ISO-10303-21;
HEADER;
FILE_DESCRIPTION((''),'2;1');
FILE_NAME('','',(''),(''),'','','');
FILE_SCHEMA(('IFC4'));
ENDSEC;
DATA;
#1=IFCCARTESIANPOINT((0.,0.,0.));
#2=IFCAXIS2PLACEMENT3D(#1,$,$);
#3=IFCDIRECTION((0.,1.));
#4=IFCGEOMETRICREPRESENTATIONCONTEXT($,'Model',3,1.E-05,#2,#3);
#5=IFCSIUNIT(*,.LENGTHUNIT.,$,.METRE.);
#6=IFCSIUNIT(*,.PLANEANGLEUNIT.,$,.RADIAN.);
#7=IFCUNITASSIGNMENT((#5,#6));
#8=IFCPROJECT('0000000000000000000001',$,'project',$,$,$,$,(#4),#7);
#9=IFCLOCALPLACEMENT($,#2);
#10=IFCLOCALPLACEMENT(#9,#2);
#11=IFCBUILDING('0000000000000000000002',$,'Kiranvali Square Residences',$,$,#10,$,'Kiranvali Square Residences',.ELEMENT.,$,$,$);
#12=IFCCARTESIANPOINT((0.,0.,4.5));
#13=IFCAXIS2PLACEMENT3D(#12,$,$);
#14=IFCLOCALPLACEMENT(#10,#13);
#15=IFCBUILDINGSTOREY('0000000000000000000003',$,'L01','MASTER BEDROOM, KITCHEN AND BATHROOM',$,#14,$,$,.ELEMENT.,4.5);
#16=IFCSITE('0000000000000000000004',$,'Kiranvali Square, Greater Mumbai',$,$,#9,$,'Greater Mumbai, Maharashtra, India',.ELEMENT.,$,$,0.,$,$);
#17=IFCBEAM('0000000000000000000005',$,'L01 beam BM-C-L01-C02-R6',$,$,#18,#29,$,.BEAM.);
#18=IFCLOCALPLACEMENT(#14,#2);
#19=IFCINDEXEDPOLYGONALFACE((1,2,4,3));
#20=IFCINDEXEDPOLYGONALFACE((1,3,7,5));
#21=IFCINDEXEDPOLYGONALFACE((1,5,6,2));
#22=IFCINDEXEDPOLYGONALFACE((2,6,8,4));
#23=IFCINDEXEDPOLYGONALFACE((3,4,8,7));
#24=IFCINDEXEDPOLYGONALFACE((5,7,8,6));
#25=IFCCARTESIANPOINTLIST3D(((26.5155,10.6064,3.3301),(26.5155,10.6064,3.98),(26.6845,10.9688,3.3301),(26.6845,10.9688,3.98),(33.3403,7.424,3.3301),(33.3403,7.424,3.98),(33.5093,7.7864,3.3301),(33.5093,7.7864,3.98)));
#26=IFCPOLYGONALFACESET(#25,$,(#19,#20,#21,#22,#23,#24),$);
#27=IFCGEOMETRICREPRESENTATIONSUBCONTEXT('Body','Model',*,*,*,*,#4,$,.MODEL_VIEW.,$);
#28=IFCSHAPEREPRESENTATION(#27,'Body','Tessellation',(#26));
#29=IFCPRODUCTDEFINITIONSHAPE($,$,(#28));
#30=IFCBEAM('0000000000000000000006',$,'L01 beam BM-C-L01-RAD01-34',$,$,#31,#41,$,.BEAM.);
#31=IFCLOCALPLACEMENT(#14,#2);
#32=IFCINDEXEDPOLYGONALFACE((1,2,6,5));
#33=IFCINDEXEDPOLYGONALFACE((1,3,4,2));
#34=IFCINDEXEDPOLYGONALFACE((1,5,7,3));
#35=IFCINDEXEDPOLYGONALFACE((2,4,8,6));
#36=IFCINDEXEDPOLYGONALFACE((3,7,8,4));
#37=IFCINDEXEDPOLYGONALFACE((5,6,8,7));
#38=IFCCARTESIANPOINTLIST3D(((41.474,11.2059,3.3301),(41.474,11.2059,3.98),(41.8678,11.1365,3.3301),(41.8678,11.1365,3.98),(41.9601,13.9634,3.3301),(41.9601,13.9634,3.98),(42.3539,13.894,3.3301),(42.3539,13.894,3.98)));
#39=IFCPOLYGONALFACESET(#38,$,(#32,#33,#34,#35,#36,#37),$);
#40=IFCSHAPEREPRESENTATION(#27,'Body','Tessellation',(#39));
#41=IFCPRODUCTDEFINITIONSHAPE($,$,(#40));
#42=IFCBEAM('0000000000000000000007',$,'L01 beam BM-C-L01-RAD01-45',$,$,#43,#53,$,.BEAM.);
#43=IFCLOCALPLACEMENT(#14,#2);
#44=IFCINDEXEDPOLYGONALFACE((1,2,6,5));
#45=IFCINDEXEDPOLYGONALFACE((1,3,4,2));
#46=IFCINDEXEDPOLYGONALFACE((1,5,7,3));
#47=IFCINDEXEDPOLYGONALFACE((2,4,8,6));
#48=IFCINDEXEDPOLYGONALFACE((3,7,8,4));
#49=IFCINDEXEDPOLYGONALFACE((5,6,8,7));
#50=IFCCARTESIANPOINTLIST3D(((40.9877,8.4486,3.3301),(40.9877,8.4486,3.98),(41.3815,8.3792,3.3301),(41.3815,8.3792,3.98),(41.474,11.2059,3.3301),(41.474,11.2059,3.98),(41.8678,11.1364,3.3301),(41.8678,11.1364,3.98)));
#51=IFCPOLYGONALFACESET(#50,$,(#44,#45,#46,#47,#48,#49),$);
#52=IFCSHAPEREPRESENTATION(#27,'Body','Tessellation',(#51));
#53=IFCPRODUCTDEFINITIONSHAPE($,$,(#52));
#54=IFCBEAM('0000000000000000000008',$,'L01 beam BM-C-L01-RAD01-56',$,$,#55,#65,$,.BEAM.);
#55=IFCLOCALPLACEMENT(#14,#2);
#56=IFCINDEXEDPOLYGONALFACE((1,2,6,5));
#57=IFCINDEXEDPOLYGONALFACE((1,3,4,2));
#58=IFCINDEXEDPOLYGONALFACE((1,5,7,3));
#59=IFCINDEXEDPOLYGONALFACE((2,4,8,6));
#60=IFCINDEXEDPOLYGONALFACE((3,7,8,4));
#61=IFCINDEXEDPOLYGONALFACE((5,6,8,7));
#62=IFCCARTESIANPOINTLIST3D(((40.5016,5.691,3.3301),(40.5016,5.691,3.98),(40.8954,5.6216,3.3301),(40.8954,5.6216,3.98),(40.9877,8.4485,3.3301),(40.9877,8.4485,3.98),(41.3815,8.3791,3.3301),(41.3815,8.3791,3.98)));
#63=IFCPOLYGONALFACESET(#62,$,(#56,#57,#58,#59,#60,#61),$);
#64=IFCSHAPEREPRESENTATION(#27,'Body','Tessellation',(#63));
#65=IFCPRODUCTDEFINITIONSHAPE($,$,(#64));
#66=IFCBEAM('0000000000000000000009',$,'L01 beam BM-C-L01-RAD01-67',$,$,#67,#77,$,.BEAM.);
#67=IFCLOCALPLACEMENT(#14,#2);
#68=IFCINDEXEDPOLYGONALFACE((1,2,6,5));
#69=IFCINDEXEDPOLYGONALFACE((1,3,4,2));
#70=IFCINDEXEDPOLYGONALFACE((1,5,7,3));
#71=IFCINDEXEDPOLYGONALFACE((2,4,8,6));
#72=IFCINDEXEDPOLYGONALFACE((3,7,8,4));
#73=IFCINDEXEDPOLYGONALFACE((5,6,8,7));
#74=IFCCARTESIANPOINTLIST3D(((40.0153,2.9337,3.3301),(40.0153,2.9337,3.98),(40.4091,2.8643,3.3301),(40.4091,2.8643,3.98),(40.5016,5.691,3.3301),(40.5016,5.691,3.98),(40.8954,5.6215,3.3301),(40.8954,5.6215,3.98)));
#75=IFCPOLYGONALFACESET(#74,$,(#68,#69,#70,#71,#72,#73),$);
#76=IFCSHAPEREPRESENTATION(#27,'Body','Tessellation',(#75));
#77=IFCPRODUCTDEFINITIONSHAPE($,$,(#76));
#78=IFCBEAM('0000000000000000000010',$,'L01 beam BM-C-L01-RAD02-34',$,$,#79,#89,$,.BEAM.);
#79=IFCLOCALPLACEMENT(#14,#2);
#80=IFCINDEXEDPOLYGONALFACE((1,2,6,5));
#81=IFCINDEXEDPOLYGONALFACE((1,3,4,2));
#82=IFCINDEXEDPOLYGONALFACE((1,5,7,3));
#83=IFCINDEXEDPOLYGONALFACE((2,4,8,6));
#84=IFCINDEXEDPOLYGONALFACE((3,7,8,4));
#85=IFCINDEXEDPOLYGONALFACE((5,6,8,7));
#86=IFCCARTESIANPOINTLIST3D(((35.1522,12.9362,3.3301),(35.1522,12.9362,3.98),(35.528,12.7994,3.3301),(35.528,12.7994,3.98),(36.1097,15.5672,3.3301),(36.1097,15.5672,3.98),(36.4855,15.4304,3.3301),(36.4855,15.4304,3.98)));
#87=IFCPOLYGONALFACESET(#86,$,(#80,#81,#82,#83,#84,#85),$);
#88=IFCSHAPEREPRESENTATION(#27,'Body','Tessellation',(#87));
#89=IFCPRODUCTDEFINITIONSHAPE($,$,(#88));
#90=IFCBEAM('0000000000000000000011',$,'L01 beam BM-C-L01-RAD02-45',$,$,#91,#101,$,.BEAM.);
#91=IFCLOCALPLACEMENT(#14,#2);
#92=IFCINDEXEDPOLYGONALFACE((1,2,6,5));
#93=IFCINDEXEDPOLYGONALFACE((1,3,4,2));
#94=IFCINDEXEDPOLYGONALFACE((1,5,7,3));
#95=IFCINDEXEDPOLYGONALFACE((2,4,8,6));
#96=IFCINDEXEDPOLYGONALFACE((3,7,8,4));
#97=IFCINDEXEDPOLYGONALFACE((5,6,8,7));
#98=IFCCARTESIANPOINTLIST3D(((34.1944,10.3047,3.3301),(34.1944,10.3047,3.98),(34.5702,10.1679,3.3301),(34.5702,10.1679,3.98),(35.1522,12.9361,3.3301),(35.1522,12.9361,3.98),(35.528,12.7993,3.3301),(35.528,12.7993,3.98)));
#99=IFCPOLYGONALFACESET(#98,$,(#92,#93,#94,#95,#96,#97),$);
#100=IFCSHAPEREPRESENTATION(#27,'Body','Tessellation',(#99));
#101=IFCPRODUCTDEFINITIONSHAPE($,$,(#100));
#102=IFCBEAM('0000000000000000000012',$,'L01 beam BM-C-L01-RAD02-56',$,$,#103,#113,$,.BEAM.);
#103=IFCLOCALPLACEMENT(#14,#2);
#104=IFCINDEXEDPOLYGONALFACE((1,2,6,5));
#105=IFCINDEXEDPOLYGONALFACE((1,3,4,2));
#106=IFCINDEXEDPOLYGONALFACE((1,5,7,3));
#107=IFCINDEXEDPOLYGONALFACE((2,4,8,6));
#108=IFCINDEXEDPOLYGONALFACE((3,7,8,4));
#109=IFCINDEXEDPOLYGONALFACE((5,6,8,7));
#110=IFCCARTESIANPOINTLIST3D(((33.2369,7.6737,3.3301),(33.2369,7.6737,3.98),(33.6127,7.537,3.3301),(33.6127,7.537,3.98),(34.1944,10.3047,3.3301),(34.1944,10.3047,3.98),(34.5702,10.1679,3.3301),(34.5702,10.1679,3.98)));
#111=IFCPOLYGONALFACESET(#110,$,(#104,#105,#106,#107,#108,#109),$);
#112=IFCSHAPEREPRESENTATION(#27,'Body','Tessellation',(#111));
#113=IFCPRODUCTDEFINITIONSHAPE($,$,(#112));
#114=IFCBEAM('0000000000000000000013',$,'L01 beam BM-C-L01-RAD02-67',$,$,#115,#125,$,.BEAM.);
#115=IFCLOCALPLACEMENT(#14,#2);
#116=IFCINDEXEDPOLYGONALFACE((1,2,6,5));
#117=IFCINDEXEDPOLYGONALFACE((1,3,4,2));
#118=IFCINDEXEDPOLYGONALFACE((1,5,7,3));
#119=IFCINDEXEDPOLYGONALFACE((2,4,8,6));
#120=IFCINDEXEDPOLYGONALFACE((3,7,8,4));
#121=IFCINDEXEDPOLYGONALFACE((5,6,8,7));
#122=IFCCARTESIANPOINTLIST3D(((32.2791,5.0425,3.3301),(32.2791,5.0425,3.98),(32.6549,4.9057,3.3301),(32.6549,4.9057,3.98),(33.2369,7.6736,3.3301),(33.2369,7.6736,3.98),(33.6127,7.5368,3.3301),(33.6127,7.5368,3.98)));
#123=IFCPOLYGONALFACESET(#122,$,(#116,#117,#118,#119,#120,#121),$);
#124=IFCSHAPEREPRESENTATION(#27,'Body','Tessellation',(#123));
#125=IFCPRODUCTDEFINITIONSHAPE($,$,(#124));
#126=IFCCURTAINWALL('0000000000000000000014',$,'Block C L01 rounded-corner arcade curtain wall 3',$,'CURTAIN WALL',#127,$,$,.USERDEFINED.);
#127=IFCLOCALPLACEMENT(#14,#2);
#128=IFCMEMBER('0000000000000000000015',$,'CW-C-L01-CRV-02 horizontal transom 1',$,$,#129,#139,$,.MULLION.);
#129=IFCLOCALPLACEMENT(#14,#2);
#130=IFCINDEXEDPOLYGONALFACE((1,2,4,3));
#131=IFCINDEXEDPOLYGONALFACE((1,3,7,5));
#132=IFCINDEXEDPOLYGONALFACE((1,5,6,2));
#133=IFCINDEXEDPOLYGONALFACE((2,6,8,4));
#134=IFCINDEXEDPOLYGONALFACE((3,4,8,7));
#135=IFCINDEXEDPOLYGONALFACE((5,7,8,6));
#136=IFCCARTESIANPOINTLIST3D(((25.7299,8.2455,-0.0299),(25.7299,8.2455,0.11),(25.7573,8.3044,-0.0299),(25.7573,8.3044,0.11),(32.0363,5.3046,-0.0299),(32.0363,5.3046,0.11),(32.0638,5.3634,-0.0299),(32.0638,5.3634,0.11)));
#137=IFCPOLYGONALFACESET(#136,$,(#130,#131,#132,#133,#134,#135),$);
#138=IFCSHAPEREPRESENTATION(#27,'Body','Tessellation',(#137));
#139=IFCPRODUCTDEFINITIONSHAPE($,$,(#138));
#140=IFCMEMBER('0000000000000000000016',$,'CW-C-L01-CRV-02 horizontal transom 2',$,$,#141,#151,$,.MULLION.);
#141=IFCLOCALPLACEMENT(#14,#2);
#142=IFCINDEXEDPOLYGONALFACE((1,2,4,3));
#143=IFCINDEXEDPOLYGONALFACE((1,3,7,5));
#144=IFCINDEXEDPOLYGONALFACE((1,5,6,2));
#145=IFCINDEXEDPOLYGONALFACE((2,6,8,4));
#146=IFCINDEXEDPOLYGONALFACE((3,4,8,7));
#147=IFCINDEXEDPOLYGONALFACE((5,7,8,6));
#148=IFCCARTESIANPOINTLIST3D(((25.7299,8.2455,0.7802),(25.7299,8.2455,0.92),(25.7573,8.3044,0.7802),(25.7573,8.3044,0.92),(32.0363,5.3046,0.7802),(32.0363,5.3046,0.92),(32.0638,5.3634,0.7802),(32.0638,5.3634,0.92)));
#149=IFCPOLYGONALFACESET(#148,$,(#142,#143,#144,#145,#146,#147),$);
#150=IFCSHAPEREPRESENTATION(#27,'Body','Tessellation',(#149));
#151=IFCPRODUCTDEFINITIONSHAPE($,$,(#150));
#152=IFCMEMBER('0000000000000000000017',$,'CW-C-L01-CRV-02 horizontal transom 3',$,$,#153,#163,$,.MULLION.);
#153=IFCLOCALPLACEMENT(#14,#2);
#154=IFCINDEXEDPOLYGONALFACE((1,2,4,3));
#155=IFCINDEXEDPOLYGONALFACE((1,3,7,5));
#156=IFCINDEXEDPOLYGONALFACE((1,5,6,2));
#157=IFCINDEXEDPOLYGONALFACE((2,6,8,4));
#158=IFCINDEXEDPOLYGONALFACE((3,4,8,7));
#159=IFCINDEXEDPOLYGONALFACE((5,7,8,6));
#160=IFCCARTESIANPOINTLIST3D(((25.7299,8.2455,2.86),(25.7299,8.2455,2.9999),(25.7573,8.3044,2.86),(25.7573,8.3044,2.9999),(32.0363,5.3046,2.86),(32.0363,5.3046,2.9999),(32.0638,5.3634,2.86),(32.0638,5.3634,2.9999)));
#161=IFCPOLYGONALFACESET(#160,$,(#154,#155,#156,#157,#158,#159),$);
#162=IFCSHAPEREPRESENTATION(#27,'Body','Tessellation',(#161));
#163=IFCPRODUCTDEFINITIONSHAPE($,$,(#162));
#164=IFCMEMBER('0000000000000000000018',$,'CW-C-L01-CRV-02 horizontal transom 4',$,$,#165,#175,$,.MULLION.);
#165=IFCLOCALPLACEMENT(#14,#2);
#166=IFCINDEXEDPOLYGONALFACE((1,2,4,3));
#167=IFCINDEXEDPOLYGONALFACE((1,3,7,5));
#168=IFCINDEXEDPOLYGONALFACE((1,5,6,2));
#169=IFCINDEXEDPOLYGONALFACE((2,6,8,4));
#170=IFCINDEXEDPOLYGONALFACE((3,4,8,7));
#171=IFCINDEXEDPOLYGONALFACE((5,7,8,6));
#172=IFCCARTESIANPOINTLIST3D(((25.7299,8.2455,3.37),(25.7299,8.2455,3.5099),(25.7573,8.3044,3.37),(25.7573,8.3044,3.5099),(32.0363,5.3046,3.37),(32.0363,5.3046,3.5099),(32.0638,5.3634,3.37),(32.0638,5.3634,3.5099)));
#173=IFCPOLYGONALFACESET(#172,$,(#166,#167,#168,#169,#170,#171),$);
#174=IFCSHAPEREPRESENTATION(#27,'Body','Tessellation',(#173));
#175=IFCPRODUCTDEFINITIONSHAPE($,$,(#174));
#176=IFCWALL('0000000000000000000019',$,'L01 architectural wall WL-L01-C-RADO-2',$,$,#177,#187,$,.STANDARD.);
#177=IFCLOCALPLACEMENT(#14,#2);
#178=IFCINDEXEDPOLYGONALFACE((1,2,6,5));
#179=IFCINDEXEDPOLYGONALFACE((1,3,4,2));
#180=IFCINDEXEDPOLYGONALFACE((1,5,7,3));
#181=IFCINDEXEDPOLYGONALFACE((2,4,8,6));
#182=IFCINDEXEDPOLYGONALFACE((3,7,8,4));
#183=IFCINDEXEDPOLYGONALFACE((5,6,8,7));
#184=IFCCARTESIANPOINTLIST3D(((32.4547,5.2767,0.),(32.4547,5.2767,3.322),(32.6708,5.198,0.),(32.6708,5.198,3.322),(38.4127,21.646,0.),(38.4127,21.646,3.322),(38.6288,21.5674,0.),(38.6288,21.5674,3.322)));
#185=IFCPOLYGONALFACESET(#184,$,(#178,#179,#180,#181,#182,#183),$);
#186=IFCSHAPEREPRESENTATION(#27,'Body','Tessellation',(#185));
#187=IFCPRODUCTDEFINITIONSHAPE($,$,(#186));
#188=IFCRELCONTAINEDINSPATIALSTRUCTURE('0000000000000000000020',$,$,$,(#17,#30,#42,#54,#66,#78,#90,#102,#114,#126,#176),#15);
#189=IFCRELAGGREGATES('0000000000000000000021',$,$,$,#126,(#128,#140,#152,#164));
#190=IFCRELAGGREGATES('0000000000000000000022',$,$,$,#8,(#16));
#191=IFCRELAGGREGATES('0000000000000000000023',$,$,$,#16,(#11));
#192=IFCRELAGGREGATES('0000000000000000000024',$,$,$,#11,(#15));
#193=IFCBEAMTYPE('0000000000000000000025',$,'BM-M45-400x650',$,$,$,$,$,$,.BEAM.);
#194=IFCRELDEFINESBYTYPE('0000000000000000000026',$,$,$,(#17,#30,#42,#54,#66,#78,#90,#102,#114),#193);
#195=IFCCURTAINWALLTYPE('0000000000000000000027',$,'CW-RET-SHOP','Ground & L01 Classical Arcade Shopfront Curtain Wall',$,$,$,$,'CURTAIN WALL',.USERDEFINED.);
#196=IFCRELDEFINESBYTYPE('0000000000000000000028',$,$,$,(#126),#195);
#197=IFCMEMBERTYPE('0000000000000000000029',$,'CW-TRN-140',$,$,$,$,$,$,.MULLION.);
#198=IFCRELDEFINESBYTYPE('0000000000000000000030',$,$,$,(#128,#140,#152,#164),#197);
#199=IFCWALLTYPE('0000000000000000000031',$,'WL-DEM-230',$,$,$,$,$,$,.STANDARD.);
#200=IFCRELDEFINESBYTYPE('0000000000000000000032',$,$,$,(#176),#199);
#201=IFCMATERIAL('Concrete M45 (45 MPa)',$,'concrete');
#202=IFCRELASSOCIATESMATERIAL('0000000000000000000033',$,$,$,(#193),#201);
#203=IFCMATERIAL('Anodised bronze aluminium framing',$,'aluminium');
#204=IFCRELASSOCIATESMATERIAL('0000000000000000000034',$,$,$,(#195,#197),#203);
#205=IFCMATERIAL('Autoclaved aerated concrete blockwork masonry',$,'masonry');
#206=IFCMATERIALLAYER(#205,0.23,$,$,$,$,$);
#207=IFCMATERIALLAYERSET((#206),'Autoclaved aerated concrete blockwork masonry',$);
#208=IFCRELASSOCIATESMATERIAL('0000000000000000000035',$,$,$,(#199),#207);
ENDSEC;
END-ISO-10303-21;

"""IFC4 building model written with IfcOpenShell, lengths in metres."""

from ifc_helpers import new_model, si_unit, direction, frame, frame_2d, origin, origin_2d, place, context, subcontext, project, spatial, rectangle, extrude, material, layer, layer_set, material_profile, profile_set, type_object, element, aggregate, save


model = new_model("IFC4")

# Units and contexts
model_context = context("Model", 3, precision=1e-05, world=origin(), true_north=direction((0.0, 1.0)))
body_context = subcontext(model_context, "Body", "Model", "MODEL_VIEW")
ifc_project = project(units=[si_unit("LENGTHUNIT", "METRE"), si_unit("PLANEANGLEUNIT", "RADIAN")], contexts=[model_context])

# Site, building, storey
site_placement = place(None, origin())
site = spatial("IfcSite", under=ifc_project, at=site_placement, Name="Kiranvali Square, Greater Mumbai", LongName="Greater Mumbai, Maharashtra, India", CompositionType="ELEMENT", RefElevation=0.0)
building_placement = place(site_placement, origin())
building = spatial("IfcBuilding", under=site, at=building_placement, Name="Kiranvali Square Residences", LongName="Kiranvali Square Residences", CompositionType="ELEMENT")
storey_placement = place(building_placement, frame((0.0, 0.0, 4.5)))
storey = spatial("IfcBuildingStorey", under=building, at=storey_placement, Name="L01", Description="MASTER BEDROOM, KITCHEN AND BATHROOM", CompositionType="ELEMENT", Elevation=4.5)

# Shared definitions
ifc_material_1 = material(Name="Concrete M45 (45 MPa)", Category="concrete")

# Beams
ifc_material_profile_1 = material_profile(ifc_material_1, rectangle(XDim=0.3999, YDim=0.6499, at=origin_2d()), Name="RC 400x650")
ifc_profile_set_1 = profile_set([ifc_material_profile_1], Name="Concrete M45 (45 MPa)")
beam_type = type_object("IfcBeamType", Name="BM-M45-400x650", PredefinedType="BEAM", material=ifc_profile_set_1)
beam_1_placement = place(storey_placement, frame((33.4248, 7.6052, 3.655), z_axis=(-0.90631, 0.422614, 0.0), x_axis=(-0.422614, -0.90631, 0.0)))
element("IfcBeam", 1, at=beam_1_placement, inside=storey, type_object=beam_type, Name="L01 beam BM-C-L01-C02-R6", PredefinedType="BEAM", context=body_context, shape_type="SweptSolid", body=[
    extrude(rectangle(XDim=0.3999, YDim=0.6499, at=origin_2d()), origin(), (0.0, 0.0, 1.0), 7.5303),
])
beam_2_placement = place(storey_placement, frame((42.157, 13.9287, 3.655), z_axis=(-0.173596, -0.984817, 0.0), x_axis=(0.984817, -0.173596, 0.0)))
element("IfcBeam", 2, at=beam_2_placement, inside=storey, type_object=beam_type, Name="L01 beam BM-C-L01-RAD01-34", PredefinedType="BEAM", context=body_context, shape_type="SweptSolid", body=[
    extrude(rectangle(XDim=0.3999, YDim=0.6499, at=origin_2d()), origin(), (0.0, 0.0, 1.0), 2.8),
])
beam_3_placement = place(storey_placement, frame((41.6709, 11.1711, 3.655), z_axis=(-0.173696, -0.984799, 0.0), x_axis=(0.984799, -0.173696, 0.0)))
element("IfcBeam", 3, at=beam_3_placement, inside=storey, type_object=beam_type, Name="L01 beam BM-C-L01-RAD01-45", PredefinedType="BEAM", context=body_context, shape_type="SweptSolid", body=[
    extrude(rectangle(XDim=0.3999, YDim=0.6499, at=origin_2d()), origin(), (0.0, 0.0, 1.0), 2.7998),
])
beam_4_placement = place(storey_placement, frame((41.1846, 8.4138, 3.655), z_axis=(-0.173596, -0.984817, 0.0), x_axis=(0.984817, -0.173596, 0.0)))
element("IfcBeam", 4, at=beam_4_placement, inside=storey, type_object=beam_type, Name="L01 beam BM-C-L01-RAD01-56", PredefinedType="BEAM", context=body_context, shape_type="SweptSolid", body=[
    extrude(rectangle(XDim=0.3999, YDim=0.6499, at=origin_2d()), origin(), (0.0, 0.0, 1.0), 2.8),
])
for number, where, z_axis, x_axis, name in (
    (5, (40.6985, 5.6562, 3.655), (-0.173696, -0.984799, 0.0), (0.984799, -0.173696, 0.0), "L01 beam BM-C-L01-RAD01-67"),
    (6, (36.2976, 15.4988, 3.655), (-0.341981, -0.939707, 0.0), (0.939707, -0.341981, 0.0), "L01 beam BM-C-L01-RAD02-34"),
):
    element("IfcBeam", number, at=place(storey_placement, frame(where, z_axis=z_axis, x_axis=x_axis)), inside=storey, type_object=beam_type, Name=name, PredefinedType="BEAM", context=body_context, shape_type="SweptSolid", body=[
        extrude(rectangle(XDim=0.3999, YDim=0.6499, at=origin_2d()), origin(), (0.0, 0.0, 1.0), 2.7998),
    ])
beam_5_placement = place(storey_placement, frame((35.3401, 12.8677, 3.655), z_axis=(-0.34203, -0.939689, 0.0), x_axis=(0.939689, -0.34203, 0.0)))
element("IfcBeam", 7, at=beam_5_placement, inside=storey, type_object=beam_type, Name="L01 beam BM-C-L01-RAD02-45", PredefinedType="BEAM", context=body_context, shape_type="SweptSolid", body=[
    extrude(rectangle(XDim=0.3999, YDim=0.6499, at=origin_2d()), origin(), (0.0, 0.0, 1.0), 2.8003),
])
beam_6_placement = place(storey_placement, frame((34.3823, 10.2363, 3.655), z_axis=(-0.341981, -0.939707, 0.0), x_axis=(0.939707, -0.341981, 0.0)))
element("IfcBeam", 8, at=beam_6_placement, inside=storey, type_object=beam_type, Name="L01 beam BM-C-L01-RAD02-56", PredefinedType="BEAM", context=body_context, shape_type="SweptSolid", body=[
    extrude(rectangle(XDim=0.3999, YDim=0.6499, at=origin_2d()), origin(), (0.0, 0.0, 1.0), 2.7998),
])
beam_7_placement = place(storey_placement, frame((33.4248, 7.6052, 3.655), z_axis=(-0.342058, -0.939679, 0.0), x_axis=(0.939679, -0.342058, 0.0)))
element("IfcBeam", 9, at=beam_7_placement, inside=storey, type_object=beam_type, Name="L01 beam BM-C-L01-RAD02-67", PredefinedType="BEAM", context=body_context, shape_type="SweptSolid", body=[
    extrude(rectangle(XDim=0.3999, YDim=0.6499, at=origin_2d()), origin(), (0.0, 0.0, 1.0), 2.8),
])

# Curtain wall, members
ifc_material_2 = material(Name="Anodised bronze aluminium framing", Category="aluminium")
curtain_wall_type = type_object("IfcCurtainWallType", Name="CW-RET-SHOP", Description="Ground & L01 Classical Arcade Shopfront Curtain Wall", ElementType="CURTAIN WALL", PredefinedType="USERDEFINED", material=ifc_material_2)
curtain_wall_placement = place(storey_placement, origin())
curtain_wall = element("IfcCurtainWall", 10, at=curtain_wall_placement, inside=storey, type_object=curtain_wall_type, Name="Block C L01 rounded-corner arcade curtain wall 3", ObjectType="CURTAIN WALL", PredefinedType="USERDEFINED")
ifc_material_profile_2 = material_profile(ifc_material_2, rectangle(XDim=0.0649, YDim=0.1399, at=origin_2d()), Name="ALU 65x140")
ifc_profile_set_2 = profile_set([ifc_material_profile_2], Name="Anodised bronze aluminium framing")
member_type = type_object("IfcMemberType", Name="CW-TRN-140", PredefinedType="MULLION", material=ifc_profile_set_2)
member_1_placement = place(storey_placement, frame((32.05, 5.334, 0.04), z_axis=(-0.906297, 0.422642, 0.0), x_axis=(-0.422642, -0.906297, 0.0)))
member_1 = element("IfcMember", 11, at=member_1_placement, type_object=member_type, Name="CW-C-L01-CRV-02 horizontal transom 1", PredefinedType="MULLION", context=body_context, shape_type="SweptSolid", body=[
    extrude(rectangle(XDim=0.0649, YDim=0.1399, at=origin_2d()), origin(), (0.0, 0.0, 1.0), 6.9585),
])
member_2_placement = place(storey_placement, frame((32.05, 5.334, 0.8501), z_axis=(-0.906297, 0.422642, 0.0), x_axis=(-0.422642, -0.906297, 0.0)))
member_2 = element("IfcMember", 12, at=member_2_placement, type_object=member_type, Name="CW-C-L01-CRV-02 horizontal transom 2", PredefinedType="MULLION", context=body_context, shape_type="SweptSolid", body=[
    extrude(rectangle(XDim=0.0649, YDim=0.1399, at=origin_2d()), origin(), (0.0, 0.0, 1.0), 6.9585),
])
member_3_placement = place(storey_placement, frame((32.05, 5.334, 2.9299), z_axis=(-0.906297, 0.422642, 0.0), x_axis=(-0.422642, -0.906297, 0.0)))
member_3 = element("IfcMember", 13, at=member_3_placement, type_object=member_type, Name="CW-C-L01-CRV-02 horizontal transom 3", PredefinedType="MULLION", context=body_context, shape_type="SweptSolid", body=[
    extrude(rectangle(XDim=0.0649, YDim=0.1399, at=origin_2d()), origin(), (0.0, 0.0, 1.0), 6.9585),
])
member_4_placement = place(storey_placement, frame((32.05, 5.334, 3.4399), z_axis=(-0.906297, 0.422642, 0.0), x_axis=(-0.422642, -0.906297, 0.0)))
member_4 = element("IfcMember", 14, at=member_4_placement, type_object=member_type, Name="CW-C-L01-CRV-02 horizontal transom 4", PredefinedType="MULLION", context=body_context, shape_type="SweptSolid", body=[
    extrude(rectangle(XDim=0.0649, YDim=0.1399, at=origin_2d()), origin(), (0.0, 0.0, 1.0), 6.9585),
])
aggregate(curtain_wall, [member_1, member_2, member_3, member_4])

# Wall
ifc_material_3 = material(Name="Autoclaved aerated concrete blockwork masonry", Category="masonry")
ifc_layer = layer(ifc_material_3, 0.23)
ifc_layer_set = layer_set([ifc_layer], Name="Autoclaved aerated concrete blockwork masonry")
wall_type = type_object("IfcWallType", Name="WL-DEM-230", PredefinedType="STANDARD", material=ifc_layer_set)
wall_placement = place(storey_placement, frame((38.5208, 21.6067, 0.0), z_axis=(0.0, 0.0, 1.0), x_axis=(-0.342022, -0.939692, 0.0)))
element("IfcWall", 15, at=wall_placement, inside=storey, type_object=wall_type, Name="L01 architectural wall WL-L01-C-RADO-2", PredefinedType="STANDARD", context=body_context, shape_type="SweptSolid", body=[
    extrude(rectangle(XDim=17.4199, YDim=0.23, at=frame_2d((8.71, 0.0))), origin(), (0.0, 0.0, 1.0), 3.322),
])

save(model, "model.ifc")
